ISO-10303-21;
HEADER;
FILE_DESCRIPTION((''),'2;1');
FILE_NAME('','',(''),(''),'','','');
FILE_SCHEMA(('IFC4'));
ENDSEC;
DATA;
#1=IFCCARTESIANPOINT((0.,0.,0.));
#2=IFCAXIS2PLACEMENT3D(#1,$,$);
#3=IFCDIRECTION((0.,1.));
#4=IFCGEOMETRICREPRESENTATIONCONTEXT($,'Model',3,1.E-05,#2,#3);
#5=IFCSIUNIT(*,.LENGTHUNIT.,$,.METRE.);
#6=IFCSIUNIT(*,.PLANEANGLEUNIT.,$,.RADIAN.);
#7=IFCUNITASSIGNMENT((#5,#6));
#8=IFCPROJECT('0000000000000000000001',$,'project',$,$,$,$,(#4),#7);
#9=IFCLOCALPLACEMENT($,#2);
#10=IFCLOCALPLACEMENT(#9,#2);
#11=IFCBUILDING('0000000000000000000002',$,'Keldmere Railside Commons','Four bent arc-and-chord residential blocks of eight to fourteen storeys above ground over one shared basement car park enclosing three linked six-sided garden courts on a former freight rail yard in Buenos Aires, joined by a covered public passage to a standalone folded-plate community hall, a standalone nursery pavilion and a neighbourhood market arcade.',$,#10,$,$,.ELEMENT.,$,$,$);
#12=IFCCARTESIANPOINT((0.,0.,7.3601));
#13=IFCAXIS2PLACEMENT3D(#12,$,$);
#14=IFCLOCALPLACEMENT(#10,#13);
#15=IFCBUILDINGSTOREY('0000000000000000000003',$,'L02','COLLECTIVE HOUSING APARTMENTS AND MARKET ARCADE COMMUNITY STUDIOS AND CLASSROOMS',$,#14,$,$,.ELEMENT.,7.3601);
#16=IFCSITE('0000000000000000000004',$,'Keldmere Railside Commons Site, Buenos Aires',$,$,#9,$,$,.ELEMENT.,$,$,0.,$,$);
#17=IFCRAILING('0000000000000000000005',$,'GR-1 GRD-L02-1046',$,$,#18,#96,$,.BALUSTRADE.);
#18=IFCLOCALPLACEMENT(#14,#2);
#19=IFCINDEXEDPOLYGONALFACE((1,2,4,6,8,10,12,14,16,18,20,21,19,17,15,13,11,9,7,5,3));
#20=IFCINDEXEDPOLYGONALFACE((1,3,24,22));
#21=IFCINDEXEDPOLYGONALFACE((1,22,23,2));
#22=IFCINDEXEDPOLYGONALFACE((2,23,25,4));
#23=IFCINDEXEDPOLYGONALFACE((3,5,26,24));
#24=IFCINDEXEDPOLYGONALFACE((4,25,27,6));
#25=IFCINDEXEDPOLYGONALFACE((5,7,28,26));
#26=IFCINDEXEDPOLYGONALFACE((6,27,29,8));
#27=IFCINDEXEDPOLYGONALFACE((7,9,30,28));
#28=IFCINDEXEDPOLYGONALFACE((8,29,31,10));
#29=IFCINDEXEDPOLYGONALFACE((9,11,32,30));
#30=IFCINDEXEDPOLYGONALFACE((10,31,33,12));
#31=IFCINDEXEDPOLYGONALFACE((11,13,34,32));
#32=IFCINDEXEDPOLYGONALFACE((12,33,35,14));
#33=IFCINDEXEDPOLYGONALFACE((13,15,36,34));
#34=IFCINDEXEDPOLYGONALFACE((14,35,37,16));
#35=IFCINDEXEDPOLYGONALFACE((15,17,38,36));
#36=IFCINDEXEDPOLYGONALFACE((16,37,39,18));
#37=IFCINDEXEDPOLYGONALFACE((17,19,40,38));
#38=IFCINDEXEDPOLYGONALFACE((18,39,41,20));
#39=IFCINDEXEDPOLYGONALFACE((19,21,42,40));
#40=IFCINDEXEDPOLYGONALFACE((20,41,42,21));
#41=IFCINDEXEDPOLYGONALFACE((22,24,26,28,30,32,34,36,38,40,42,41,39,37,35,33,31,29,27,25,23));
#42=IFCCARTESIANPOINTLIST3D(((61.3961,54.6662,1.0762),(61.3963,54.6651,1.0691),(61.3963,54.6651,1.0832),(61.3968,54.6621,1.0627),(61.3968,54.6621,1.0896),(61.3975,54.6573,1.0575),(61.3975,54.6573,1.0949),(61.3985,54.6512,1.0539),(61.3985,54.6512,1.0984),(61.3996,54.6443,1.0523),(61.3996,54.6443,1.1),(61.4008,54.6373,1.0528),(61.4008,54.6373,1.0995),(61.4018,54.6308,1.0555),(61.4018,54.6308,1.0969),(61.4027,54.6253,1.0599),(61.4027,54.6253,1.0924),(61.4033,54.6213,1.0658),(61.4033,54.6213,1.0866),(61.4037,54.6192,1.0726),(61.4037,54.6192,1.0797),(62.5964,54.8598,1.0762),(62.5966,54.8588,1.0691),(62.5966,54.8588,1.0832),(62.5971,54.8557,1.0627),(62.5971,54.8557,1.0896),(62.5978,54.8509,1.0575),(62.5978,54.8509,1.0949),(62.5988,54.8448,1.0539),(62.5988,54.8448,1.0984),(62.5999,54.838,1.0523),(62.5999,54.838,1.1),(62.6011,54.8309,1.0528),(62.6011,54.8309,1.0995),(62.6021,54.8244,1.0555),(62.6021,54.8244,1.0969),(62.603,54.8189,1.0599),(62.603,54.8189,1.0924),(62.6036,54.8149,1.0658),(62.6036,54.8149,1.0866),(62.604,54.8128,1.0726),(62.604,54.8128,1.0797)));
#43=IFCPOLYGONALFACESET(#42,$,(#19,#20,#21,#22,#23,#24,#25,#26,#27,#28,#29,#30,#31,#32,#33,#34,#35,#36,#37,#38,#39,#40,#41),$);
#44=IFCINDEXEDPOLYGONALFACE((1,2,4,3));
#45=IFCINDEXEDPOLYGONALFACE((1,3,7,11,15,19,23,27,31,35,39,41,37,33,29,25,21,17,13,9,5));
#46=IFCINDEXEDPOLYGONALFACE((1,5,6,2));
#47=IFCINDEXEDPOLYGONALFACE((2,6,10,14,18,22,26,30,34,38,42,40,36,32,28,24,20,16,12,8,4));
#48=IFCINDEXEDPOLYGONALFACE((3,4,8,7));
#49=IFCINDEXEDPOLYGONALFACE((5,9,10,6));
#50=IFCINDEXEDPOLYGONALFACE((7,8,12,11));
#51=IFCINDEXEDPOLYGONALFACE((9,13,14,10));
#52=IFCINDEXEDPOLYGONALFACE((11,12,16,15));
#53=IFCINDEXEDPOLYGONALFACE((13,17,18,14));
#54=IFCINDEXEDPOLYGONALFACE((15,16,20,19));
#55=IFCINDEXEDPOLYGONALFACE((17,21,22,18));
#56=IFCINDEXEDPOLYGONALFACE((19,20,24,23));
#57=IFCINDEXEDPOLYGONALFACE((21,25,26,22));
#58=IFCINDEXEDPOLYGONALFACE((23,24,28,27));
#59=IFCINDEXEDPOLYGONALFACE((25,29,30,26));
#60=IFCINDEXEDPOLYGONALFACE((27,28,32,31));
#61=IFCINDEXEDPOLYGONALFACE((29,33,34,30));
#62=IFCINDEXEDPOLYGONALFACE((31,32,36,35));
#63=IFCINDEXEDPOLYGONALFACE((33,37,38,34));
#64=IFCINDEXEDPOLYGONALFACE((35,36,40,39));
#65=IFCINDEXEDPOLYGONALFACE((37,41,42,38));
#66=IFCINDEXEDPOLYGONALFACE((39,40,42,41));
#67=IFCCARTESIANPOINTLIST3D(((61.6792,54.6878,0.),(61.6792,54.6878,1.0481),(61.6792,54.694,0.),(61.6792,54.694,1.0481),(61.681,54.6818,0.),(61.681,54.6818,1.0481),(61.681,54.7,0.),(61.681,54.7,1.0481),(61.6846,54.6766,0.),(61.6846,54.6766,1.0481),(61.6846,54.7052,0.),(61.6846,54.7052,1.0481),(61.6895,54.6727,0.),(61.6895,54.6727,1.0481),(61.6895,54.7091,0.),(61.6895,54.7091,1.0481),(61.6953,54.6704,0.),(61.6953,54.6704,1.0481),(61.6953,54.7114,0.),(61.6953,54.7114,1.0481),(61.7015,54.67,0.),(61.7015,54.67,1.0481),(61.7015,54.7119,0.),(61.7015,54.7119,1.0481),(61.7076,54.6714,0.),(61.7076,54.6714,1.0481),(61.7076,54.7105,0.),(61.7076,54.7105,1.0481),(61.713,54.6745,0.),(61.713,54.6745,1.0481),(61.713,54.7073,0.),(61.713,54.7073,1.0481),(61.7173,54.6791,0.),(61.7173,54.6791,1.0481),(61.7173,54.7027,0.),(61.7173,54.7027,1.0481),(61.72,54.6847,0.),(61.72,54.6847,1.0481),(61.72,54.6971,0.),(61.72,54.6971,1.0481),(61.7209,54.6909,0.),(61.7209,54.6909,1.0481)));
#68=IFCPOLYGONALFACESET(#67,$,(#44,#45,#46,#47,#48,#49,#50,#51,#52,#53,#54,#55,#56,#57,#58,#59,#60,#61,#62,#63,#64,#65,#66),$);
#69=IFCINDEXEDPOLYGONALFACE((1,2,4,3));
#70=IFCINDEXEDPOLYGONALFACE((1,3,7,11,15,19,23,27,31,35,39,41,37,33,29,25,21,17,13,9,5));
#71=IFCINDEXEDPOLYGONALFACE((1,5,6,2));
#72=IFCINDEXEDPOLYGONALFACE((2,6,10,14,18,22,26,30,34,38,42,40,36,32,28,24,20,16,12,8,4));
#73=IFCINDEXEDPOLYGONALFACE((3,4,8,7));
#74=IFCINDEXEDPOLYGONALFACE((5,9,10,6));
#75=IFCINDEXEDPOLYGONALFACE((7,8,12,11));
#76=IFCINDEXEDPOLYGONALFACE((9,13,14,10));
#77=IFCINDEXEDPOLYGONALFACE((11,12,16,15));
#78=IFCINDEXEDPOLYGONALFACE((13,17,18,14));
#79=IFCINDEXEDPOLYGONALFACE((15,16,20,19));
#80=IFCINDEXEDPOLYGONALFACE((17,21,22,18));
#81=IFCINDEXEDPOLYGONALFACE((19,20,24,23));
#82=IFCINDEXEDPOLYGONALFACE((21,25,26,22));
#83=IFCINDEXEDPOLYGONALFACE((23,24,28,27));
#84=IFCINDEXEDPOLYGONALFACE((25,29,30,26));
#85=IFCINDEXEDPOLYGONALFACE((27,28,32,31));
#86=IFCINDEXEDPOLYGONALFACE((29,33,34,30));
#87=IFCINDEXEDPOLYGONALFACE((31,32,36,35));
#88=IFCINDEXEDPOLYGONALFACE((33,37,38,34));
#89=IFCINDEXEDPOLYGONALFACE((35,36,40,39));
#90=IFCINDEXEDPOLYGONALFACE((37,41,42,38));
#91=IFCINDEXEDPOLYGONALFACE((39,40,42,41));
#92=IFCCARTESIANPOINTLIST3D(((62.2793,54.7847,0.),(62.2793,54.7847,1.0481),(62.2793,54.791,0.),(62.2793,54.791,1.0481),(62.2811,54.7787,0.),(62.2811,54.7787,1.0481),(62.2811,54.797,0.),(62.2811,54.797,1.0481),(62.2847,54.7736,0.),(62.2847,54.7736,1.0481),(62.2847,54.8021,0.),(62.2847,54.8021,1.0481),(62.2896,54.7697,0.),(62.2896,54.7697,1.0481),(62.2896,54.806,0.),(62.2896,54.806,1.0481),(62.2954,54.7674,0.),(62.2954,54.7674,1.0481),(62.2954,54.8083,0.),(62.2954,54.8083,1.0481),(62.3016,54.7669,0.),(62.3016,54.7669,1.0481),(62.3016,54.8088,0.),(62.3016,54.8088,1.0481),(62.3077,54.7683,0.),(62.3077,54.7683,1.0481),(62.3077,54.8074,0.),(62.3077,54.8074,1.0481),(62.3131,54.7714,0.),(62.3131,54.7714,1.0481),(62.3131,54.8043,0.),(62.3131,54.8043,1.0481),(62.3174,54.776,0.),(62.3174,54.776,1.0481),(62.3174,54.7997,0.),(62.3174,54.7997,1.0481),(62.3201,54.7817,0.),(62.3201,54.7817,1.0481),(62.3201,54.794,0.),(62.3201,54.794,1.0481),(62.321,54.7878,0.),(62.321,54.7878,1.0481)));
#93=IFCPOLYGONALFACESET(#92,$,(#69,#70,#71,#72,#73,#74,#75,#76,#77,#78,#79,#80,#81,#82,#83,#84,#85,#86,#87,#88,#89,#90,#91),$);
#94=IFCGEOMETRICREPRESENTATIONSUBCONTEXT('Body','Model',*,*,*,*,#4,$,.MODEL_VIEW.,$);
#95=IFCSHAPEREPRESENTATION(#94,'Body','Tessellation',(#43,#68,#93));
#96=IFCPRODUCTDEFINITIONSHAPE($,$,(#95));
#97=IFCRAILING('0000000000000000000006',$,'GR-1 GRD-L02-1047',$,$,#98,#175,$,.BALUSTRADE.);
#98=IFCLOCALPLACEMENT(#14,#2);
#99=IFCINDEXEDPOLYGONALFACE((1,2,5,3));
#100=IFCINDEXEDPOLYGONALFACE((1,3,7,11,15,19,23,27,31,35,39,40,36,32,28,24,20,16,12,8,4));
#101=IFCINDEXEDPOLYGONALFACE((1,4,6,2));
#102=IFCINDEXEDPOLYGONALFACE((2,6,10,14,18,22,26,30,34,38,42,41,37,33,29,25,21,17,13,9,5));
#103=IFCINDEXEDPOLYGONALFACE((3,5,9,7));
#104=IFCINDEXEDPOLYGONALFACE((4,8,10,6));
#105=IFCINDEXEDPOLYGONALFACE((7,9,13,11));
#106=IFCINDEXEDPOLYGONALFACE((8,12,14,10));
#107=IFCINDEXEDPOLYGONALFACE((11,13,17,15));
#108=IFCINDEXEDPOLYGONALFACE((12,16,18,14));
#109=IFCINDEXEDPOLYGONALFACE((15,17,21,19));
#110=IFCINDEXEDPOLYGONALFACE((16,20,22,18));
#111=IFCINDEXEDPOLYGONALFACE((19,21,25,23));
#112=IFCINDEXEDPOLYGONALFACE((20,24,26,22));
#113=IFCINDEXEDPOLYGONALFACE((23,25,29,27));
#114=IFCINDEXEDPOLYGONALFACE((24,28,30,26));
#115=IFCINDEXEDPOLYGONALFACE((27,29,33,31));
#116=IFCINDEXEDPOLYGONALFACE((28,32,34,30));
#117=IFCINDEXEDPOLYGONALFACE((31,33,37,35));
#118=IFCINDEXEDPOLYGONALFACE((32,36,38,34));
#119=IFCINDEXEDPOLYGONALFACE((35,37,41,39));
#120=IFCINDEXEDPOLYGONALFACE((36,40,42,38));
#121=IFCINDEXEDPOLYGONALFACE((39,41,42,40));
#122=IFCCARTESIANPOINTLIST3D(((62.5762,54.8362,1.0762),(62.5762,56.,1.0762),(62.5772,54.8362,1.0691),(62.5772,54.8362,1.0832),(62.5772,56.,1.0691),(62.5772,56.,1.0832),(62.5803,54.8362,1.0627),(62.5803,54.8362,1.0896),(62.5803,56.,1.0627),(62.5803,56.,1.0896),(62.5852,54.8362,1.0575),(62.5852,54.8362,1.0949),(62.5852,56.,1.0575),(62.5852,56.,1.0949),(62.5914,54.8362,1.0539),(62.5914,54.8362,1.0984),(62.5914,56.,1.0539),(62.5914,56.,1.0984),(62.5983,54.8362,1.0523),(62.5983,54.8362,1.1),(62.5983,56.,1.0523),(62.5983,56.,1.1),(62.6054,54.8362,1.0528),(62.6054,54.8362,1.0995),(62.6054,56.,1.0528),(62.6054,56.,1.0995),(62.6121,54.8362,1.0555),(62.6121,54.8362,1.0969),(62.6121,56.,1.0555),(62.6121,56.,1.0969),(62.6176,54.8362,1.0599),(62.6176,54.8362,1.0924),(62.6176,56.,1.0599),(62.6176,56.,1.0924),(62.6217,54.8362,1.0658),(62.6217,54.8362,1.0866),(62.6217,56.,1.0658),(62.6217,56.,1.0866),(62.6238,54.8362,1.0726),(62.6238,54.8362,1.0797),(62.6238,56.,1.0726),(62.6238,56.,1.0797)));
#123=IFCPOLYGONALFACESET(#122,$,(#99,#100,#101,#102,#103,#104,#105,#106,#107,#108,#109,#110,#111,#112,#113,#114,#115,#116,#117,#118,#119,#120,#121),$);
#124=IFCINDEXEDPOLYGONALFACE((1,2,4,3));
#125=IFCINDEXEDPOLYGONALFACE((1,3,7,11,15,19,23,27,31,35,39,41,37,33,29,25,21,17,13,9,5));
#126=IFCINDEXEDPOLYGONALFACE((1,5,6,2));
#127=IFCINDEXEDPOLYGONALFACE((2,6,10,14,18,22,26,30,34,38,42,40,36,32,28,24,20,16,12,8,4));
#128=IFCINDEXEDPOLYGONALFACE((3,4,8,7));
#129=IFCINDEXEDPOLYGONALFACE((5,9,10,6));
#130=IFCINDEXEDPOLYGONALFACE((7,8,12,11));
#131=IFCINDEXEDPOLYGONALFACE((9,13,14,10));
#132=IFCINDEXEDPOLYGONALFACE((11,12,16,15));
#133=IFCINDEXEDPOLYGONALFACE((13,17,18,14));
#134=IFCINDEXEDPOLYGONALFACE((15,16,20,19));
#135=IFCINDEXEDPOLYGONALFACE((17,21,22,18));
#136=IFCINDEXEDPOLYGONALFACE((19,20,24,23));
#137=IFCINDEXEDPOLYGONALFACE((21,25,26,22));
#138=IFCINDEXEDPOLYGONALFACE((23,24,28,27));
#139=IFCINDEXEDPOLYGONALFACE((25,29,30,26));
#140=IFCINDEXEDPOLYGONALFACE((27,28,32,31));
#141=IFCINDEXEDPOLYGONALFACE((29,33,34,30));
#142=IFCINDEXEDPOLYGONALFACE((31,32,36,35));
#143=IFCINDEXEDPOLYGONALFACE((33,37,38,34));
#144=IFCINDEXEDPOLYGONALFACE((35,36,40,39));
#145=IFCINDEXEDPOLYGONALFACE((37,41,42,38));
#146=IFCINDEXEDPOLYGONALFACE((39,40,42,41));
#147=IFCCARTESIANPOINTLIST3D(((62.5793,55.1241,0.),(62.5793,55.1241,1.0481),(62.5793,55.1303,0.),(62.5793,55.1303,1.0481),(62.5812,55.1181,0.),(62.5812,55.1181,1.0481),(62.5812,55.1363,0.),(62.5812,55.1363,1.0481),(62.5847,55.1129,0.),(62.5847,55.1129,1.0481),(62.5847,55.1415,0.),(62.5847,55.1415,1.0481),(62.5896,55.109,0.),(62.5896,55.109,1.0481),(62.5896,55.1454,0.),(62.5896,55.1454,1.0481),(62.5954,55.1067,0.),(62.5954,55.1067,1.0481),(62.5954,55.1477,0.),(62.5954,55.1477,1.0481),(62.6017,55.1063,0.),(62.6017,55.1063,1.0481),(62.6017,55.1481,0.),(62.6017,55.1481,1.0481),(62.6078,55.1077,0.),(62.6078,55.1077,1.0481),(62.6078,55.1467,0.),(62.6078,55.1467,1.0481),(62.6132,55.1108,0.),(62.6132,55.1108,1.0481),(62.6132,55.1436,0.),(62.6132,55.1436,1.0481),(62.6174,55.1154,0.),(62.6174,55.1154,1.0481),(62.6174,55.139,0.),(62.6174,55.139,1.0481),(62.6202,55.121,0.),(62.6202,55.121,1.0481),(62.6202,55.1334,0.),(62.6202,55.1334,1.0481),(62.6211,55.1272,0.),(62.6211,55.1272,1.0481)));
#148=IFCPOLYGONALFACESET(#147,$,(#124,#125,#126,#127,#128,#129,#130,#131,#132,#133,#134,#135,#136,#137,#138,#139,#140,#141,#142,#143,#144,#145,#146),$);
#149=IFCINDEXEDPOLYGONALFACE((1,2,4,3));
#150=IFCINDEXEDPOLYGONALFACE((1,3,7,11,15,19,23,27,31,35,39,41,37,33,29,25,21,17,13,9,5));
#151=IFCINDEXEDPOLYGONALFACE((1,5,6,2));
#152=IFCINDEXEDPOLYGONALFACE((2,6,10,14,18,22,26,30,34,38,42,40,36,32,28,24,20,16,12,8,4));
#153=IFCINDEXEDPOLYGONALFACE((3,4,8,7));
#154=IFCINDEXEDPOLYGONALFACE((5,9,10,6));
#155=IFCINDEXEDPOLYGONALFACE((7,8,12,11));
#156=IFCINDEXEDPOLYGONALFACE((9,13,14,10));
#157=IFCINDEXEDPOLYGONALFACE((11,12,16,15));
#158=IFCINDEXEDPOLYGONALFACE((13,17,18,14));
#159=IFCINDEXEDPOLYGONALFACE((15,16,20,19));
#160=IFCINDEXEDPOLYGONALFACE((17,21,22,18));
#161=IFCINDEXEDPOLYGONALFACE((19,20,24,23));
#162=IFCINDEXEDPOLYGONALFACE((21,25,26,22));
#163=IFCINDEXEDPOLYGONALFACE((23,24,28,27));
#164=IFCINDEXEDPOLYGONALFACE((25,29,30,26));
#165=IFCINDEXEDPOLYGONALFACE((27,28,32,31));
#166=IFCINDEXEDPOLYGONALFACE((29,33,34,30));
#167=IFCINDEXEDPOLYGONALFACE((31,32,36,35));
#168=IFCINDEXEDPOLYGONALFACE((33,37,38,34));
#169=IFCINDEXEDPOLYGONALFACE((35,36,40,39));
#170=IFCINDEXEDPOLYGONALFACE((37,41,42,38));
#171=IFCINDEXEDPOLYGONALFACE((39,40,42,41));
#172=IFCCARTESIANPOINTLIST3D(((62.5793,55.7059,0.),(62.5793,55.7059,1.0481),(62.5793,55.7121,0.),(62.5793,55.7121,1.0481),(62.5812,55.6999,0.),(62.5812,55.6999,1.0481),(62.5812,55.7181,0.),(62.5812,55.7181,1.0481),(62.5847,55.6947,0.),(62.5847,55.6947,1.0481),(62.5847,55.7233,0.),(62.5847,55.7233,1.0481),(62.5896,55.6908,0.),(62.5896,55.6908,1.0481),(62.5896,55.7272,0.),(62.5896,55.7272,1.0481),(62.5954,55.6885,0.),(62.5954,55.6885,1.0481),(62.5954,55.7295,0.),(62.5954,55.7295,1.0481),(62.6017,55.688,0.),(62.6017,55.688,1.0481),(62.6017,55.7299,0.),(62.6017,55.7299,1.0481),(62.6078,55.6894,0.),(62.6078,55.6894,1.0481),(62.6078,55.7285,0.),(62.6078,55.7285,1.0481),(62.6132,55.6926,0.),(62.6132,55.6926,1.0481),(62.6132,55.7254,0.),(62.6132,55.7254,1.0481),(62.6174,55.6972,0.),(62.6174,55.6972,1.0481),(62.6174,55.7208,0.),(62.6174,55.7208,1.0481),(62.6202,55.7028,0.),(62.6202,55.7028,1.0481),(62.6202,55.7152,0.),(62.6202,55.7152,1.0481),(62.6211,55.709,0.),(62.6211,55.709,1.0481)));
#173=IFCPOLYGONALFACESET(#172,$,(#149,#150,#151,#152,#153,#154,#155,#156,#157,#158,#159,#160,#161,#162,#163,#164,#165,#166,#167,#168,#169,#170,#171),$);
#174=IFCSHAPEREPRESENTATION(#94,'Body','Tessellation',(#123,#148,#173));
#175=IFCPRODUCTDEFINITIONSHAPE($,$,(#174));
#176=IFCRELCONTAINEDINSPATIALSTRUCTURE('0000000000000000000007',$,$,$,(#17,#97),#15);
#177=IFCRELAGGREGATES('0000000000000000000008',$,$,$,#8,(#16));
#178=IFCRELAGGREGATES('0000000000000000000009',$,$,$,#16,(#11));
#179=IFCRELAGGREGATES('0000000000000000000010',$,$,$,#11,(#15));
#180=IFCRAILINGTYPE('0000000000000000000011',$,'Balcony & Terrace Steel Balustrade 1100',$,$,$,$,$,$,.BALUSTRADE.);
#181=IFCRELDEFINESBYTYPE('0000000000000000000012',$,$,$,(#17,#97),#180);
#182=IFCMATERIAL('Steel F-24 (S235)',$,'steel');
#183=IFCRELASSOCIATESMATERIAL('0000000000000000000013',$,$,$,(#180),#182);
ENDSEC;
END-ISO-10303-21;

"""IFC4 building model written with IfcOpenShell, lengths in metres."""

from ifc_helpers import new_model, si_unit, direction, frame, origin, origin_2d, place, context, subcontext, project, spatial, circle, extrude, material, type_object, element, save


model = new_model("IFC4")

# Units and contexts
model_context = context("Model", 3, precision=1e-05, world=origin(), true_north=direction((0.0, 1.0)))
body_context = subcontext(model_context, "Body", "Model", "MODEL_VIEW")
ifc_project = project(units=[si_unit("LENGTHUNIT", "METRE"), si_unit("PLANEANGLEUNIT", "RADIAN")], contexts=[model_context])

# Site, building, storey
site_placement = place(None, origin())
site = spatial("IfcSite", under=ifc_project, at=site_placement, Name="Keldmere Railside Commons Site, Buenos Aires", CompositionType="ELEMENT", RefElevation=0.0)
building_placement = place(site_placement, origin())
building = spatial("IfcBuilding", under=site, at=building_placement, Name="Keldmere Railside Commons", Description="Four bent arc-and-chord residential blocks of eight to fourteen storeys above ground over one shared basement car park enclosing three linked six-sided garden courts on a former freight rail yard in Buenos Aires, joined by a covered public passage to a standalone folded-plate community hall, a standalone nursery pavilion and a neighbourhood market arcade.", CompositionType="ELEMENT")
storey_placement = place(building_placement, frame((0.0, 0.0, 7.3601)))
storey = spatial("IfcBuildingStorey", under=building, at=storey_placement, Name="L02", Description="COLLECTIVE HOUSING APARTMENTS AND MARKET ARCADE COMMUNITY STUDIOS AND CLASSROOMS", CompositionType="ELEMENT", Elevation=7.3601)

# Railings
ifc_material_1 = material(Name="Steel F-24 (S235)", Category="steel")
railing_type = type_object("IfcRailingType", Name="Balcony & Terrace Steel Balustrade 1100", PredefinedType="BALUSTRADE", material=ifc_material_1)
railing_1_placement = place(storey_placement, frame((61.3999, 54.6426, 0.0)))
element("IfcRailing", 1, at=railing_1_placement, inside=storey, type_object=railing_type, Name="GR-1 GRD-L02-1046", PredefinedType="BALUSTRADE", context=body_context, shape_type="SweptSolid", body=[
    extrude(circle(Radius=0.0239, at=origin_2d()), frame((0.0, 0.0, 1.0762), z_axis=(0.987238, 0.159251, 0.0), x_axis=(-0.159251, 0.987238, 0.0)), (0.0, 0.0, 1.0), 1.2158),
    extrude(circle(Radius=0.021, at=origin_2d()), frame((0.3, 0.0483, 0.0)), (0.0, 0.0, 1.0), 1.0481),
    extrude(circle(Radius=0.021, at=origin_2d()), frame((0.9001, 0.1453, 0.0)), (0.0, 0.0, 1.0), 1.0481),
])
railing_2_placement = place(storey_placement, frame((62.6001, 54.8362, 0.0)))
element("IfcRailing", 2, at=railing_2_placement, inside=storey, type_object=railing_type, Name="GR-1 GRD-L02-1047", PredefinedType="BALUSTRADE", context=body_context, shape_type="SweptSolid", body=[
    extrude(circle(Radius=0.0239, at=origin_2d()), frame((0.0, 0.0, 1.0762), z_axis=(0.0, 1.0, 0.0), x_axis=(-1.0, 0.0, 0.0)), (0.0, 0.0, 1.0), 1.1638),
    extrude(circle(Radius=0.021, at=origin_2d()), frame((0.0, 0.291, 0.0)), (0.0, 0.0, 1.0), 1.0481),
    extrude(circle(Radius=0.021, at=origin_2d()), frame((0.0, 0.8728, 0.0)), (0.0, 0.0, 1.0), 1.0481),
])

save(model, "model.ifc")
